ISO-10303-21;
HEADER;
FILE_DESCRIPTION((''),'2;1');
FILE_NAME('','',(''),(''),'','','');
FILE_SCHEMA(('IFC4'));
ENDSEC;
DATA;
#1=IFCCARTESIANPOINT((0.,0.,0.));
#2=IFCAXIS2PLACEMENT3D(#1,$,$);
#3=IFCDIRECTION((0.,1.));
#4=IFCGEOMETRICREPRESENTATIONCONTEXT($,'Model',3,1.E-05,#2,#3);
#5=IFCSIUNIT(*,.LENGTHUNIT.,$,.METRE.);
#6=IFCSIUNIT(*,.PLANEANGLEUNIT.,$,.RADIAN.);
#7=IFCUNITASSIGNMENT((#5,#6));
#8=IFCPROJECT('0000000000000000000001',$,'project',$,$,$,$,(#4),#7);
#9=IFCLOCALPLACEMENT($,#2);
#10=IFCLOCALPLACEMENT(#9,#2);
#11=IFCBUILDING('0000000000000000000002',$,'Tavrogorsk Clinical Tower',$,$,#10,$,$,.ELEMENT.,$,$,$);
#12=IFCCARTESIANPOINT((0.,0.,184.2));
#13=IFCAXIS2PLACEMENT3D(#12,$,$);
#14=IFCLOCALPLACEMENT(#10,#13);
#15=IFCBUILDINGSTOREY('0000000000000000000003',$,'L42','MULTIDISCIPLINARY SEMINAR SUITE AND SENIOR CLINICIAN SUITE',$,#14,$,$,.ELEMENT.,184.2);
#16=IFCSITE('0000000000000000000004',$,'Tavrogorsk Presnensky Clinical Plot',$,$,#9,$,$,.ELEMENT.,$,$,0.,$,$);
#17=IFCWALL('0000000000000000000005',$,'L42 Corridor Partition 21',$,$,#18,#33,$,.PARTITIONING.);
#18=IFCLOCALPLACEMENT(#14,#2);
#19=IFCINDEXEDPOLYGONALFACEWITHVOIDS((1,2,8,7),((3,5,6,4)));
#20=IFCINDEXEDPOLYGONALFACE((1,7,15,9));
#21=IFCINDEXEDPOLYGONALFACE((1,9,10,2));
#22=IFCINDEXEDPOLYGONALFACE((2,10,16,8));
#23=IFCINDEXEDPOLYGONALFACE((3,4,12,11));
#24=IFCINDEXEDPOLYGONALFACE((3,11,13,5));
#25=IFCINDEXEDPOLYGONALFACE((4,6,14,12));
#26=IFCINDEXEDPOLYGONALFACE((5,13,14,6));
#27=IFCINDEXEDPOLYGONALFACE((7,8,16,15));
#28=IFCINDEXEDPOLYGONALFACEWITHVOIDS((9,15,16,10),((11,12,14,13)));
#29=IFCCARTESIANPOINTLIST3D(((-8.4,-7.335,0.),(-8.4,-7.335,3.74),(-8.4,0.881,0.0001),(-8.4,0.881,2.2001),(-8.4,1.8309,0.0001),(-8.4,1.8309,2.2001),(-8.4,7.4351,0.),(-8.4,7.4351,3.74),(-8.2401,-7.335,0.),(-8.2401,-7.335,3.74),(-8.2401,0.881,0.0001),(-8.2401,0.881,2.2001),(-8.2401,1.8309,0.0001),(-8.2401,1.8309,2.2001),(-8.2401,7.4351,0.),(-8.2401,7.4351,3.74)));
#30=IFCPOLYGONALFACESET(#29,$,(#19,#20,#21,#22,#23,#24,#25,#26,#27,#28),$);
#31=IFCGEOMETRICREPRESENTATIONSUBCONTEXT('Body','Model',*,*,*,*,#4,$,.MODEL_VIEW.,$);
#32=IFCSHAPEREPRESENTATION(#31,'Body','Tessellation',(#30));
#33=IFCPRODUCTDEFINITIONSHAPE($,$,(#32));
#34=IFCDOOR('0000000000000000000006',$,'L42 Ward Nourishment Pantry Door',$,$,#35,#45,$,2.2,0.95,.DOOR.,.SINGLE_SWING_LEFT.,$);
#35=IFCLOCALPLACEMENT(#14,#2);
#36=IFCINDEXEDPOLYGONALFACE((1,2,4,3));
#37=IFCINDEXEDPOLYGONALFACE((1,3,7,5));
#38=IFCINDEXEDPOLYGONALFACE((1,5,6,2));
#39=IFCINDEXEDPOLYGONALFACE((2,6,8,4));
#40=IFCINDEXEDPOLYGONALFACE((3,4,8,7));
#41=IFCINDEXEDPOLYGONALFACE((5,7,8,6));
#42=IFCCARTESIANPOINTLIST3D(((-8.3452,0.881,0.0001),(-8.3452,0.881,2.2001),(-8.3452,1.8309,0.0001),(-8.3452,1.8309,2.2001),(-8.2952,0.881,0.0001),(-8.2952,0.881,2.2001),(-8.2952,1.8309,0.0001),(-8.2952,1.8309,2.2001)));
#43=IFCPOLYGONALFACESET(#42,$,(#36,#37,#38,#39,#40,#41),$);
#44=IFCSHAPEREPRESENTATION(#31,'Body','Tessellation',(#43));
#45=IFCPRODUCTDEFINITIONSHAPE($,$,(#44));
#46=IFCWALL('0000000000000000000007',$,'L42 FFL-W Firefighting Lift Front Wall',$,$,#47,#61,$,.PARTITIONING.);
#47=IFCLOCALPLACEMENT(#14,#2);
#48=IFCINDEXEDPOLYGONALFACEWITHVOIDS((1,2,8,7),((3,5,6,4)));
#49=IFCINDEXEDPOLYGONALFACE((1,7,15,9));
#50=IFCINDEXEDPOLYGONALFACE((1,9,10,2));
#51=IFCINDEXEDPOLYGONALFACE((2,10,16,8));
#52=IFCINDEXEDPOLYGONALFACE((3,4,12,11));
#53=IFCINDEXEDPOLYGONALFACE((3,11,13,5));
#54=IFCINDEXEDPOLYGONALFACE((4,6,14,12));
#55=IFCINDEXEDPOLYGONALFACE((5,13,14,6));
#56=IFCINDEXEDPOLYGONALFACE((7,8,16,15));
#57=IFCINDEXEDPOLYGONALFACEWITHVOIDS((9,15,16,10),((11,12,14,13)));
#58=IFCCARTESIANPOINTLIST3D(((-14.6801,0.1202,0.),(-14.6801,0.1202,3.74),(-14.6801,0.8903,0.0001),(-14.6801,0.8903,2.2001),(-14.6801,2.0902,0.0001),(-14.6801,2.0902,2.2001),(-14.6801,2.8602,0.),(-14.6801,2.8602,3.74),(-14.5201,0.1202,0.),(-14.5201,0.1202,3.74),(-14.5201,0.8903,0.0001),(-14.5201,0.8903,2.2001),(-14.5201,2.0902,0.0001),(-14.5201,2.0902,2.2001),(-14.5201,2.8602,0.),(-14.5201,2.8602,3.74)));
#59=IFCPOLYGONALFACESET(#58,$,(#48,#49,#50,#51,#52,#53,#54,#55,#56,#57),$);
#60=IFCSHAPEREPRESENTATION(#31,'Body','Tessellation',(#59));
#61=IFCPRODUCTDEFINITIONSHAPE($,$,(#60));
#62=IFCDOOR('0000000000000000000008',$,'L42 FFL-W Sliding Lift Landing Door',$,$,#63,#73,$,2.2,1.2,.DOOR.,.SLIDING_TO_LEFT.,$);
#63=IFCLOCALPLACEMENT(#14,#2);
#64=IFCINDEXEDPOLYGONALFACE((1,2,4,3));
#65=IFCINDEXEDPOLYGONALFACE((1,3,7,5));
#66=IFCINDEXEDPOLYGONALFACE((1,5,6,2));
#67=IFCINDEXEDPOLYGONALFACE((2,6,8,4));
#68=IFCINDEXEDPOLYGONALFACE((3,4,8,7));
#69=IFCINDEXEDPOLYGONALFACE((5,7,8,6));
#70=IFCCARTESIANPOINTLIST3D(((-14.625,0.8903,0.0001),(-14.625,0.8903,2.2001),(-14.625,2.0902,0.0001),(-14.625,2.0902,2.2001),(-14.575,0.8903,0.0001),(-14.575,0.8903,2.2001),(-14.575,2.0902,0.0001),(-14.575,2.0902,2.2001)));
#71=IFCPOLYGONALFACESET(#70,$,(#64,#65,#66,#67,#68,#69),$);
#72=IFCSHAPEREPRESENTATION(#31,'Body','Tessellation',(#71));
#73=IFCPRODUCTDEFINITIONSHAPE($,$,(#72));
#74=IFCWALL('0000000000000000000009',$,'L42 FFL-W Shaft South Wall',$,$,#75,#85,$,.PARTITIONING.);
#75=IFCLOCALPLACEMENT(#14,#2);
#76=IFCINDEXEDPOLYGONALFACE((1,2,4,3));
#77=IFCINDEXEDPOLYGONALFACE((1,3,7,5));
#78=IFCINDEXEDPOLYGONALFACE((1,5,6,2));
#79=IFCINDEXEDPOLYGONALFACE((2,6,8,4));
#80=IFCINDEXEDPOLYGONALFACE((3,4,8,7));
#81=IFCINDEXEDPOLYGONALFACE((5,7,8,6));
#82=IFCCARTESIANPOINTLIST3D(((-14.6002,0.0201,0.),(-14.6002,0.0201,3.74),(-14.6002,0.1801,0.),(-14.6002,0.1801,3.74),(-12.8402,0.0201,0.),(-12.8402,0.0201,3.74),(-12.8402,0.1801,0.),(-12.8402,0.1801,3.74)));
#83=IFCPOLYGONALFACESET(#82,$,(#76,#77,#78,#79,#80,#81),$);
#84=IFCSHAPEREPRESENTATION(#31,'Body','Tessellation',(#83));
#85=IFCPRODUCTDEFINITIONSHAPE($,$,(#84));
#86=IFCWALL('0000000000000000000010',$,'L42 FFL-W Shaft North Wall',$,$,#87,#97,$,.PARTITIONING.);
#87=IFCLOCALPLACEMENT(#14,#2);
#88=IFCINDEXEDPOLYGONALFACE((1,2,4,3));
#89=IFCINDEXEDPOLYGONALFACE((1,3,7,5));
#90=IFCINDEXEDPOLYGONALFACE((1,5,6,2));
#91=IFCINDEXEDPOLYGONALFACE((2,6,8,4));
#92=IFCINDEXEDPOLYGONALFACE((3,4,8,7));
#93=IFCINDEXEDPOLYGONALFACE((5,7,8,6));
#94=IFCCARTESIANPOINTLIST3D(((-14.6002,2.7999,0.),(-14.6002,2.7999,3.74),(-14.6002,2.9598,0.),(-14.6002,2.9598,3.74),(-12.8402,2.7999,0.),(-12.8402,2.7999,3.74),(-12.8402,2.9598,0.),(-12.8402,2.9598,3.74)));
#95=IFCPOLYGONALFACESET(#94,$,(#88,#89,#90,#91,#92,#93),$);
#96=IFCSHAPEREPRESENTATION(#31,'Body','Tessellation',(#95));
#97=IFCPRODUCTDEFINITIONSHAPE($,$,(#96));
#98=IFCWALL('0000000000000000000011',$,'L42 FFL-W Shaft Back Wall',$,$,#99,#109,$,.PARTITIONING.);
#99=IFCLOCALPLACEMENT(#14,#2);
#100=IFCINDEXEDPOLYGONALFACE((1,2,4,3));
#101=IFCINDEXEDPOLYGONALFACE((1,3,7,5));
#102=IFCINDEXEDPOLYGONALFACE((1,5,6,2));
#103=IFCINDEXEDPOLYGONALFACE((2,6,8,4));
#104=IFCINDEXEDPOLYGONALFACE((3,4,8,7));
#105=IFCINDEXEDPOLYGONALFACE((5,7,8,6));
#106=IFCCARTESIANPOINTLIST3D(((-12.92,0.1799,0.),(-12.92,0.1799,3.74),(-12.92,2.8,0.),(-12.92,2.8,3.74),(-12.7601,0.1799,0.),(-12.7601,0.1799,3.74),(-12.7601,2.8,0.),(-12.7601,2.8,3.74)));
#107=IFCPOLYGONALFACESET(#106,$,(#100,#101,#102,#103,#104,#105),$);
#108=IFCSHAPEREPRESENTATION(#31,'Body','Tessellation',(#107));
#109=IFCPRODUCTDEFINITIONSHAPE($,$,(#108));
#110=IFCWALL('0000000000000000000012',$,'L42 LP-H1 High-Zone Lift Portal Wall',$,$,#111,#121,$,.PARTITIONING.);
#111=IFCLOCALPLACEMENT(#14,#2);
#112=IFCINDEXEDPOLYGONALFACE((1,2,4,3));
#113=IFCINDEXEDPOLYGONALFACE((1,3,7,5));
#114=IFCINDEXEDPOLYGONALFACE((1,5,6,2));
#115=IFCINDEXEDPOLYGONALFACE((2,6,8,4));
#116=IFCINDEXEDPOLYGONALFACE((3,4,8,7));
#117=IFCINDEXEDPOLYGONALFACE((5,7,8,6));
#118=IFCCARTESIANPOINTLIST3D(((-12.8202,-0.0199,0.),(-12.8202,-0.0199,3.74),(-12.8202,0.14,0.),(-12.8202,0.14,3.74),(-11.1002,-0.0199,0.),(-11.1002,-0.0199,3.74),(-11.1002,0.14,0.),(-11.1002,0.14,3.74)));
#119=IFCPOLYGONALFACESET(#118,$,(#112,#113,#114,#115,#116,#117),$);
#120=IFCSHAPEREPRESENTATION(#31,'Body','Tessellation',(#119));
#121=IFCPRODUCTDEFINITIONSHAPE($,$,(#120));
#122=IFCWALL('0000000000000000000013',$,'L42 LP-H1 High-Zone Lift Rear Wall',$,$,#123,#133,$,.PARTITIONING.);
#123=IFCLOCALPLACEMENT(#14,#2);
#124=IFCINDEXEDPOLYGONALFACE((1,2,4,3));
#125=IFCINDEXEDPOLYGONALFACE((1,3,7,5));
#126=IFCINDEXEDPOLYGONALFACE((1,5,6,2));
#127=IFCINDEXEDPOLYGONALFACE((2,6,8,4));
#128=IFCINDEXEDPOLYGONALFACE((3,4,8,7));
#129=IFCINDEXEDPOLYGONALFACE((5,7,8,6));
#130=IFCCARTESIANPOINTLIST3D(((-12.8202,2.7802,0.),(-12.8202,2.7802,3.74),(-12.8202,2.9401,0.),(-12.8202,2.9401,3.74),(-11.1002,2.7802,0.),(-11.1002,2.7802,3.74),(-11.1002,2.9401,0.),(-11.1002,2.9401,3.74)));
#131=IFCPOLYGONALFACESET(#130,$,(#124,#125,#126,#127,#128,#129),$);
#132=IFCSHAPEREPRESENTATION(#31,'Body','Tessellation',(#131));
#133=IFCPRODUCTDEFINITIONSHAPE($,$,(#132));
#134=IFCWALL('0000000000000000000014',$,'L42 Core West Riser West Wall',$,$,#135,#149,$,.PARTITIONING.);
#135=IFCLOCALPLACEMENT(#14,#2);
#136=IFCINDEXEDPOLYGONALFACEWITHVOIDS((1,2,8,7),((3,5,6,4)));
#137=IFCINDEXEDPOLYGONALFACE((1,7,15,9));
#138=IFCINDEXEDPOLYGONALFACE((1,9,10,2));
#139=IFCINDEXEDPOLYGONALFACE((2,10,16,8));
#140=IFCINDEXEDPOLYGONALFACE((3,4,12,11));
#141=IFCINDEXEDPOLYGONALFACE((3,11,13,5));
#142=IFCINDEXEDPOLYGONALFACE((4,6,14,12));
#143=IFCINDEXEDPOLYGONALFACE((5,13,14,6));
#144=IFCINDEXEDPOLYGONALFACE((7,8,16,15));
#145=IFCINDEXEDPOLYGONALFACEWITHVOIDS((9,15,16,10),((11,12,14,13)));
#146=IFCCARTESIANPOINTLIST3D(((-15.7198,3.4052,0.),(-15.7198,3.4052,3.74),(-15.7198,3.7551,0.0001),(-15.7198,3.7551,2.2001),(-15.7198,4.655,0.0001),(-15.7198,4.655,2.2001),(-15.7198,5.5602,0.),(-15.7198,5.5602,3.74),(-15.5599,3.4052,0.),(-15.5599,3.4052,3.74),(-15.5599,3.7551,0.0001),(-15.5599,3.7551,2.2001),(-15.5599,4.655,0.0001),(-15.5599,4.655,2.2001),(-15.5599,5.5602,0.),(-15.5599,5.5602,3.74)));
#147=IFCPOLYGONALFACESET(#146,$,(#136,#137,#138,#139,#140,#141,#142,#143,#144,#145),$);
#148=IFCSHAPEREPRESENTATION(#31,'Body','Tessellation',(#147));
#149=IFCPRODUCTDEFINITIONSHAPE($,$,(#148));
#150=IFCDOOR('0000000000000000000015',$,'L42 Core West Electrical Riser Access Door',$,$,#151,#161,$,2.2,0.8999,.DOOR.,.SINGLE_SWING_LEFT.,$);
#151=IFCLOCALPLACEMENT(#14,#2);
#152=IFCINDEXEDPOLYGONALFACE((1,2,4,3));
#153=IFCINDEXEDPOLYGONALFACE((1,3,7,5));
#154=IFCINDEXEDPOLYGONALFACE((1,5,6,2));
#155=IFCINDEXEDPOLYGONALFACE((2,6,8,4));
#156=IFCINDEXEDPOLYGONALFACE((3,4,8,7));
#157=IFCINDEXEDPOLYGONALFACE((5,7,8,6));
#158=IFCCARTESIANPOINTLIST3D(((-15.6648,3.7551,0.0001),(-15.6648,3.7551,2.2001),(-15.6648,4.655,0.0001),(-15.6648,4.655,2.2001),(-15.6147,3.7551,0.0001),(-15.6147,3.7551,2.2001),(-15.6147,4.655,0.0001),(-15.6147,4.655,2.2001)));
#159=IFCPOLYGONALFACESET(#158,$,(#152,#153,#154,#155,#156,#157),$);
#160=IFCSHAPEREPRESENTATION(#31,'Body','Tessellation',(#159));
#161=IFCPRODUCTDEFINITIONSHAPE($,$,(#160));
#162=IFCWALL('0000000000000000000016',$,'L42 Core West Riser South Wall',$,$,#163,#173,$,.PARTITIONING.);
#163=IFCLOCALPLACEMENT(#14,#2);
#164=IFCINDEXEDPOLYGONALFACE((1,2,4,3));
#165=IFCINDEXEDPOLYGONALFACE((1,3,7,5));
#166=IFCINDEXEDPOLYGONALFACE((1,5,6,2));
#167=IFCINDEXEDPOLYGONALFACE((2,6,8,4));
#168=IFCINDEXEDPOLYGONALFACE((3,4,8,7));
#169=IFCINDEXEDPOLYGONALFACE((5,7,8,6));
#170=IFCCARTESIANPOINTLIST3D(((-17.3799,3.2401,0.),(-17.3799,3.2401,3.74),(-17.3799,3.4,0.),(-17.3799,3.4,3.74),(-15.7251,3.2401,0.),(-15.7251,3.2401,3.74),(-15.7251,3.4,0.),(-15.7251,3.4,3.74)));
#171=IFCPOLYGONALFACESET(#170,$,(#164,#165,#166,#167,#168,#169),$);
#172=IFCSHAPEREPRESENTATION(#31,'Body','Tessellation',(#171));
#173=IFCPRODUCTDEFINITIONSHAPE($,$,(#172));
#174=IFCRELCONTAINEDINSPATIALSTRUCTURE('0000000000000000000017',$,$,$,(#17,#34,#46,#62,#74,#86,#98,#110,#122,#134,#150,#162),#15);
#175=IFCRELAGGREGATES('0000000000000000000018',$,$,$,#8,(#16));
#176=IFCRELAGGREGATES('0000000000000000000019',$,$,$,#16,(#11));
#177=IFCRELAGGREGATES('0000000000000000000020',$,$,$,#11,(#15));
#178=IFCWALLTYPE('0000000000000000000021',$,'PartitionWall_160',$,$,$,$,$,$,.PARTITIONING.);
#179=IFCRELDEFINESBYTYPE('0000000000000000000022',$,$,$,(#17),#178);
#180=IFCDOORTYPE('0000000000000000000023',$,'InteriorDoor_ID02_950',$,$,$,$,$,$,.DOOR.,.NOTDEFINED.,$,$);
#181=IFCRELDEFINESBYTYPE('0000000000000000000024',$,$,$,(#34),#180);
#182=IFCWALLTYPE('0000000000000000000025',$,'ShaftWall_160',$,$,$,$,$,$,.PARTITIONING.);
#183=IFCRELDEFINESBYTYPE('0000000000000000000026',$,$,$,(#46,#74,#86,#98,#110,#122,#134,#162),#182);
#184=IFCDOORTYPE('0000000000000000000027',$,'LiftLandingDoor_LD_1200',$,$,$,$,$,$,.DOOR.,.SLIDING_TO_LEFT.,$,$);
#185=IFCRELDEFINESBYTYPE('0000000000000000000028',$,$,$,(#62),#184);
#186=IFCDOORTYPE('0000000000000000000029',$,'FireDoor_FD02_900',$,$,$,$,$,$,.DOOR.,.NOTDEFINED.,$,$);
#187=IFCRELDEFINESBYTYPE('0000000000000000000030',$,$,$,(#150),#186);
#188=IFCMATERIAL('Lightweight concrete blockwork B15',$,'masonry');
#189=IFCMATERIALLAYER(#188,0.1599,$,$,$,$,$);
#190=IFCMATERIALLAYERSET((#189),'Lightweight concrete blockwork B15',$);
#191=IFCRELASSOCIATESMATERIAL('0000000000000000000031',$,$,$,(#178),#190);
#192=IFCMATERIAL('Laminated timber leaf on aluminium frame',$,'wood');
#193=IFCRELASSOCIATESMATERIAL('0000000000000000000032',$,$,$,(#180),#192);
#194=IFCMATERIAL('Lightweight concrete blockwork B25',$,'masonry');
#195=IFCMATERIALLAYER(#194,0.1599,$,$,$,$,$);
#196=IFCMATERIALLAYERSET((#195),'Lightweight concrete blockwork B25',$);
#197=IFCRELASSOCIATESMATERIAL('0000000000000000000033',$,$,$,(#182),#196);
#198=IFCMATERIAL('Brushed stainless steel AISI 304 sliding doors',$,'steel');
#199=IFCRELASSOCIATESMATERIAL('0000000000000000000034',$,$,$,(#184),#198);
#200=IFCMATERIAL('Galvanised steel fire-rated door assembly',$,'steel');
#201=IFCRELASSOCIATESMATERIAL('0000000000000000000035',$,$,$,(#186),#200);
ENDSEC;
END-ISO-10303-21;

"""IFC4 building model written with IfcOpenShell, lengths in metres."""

from ifc_helpers import new_model, si_unit, direction, frame, frame_2d, origin, place, context, subcontext, project, spatial, rectangle, extrude, material, layer, layer_set, type_object, element, fill, save


model = new_model("IFC4")

# Units and contexts
model_context = context("Model", 3, precision=1e-05, world=origin(), true_north=direction((0.0, 1.0)))
body_context = subcontext(model_context, "Body", "Model", "MODEL_VIEW")
ifc_project = project(units=[si_unit("LENGTHUNIT", "METRE"), si_unit("PLANEANGLEUNIT", "RADIAN")], contexts=[model_context])

# Site, building, storey
site_placement = place(None, origin())
site = spatial("IfcSite", under=ifc_project, at=site_placement, Name="Tavrogorsk Presnensky Clinical Plot", CompositionType="ELEMENT", RefElevation=0.0)
building_placement = place(site_placement, origin())
building = spatial("IfcBuilding", under=site, at=building_placement, Name="Tavrogorsk Clinical Tower", CompositionType="ELEMENT")
storey_placement = place(building_placement, frame((0.0, 0.0, 184.2)))
storey = spatial("IfcBuildingStorey", under=building, at=storey_placement, Name="L42", Description="MULTIDISCIPLINARY SEMINAR SUITE AND SENIOR CLINICIAN SUITE", CompositionType="ELEMENT", Elevation=184.2)

# Shared definitions
ifc_material_1 = material(Name="Lightweight concrete blockwork B15", Category="masonry")
ifc_layer_1 = layer(ifc_material_1, 0.1599)
ifc_layer_set_1 = layer_set([ifc_layer_1], Name="Lightweight concrete blockwork B15")
wall_type_1 = type_object("IfcWallType", Name="PartitionWall_160", PredefinedType="PARTITIONING", material=ifc_layer_set_1)
ifc_material_2 = material(Name="Laminated timber leaf on aluminium frame", Category="wood")
door_type_1 = type_object("IfcDoorType", Name="InteriorDoor_ID02_950", OperationType="NOTDEFINED", PredefinedType="DOOR", material=ifc_material_2)

# Walls, openings, doors
wall_1_placement = place(storey_placement, frame((-8.3201, 7.4351, 0.0), z_axis=(0.0, 0.0, 1.0), x_axis=(0.0, -1.0, 0.0)))
wall_1 = element("IfcWall", 1, at=wall_1_placement, inside=storey, type_object=wall_type_1, Name="L42 Corridor Partition 21", PredefinedType="PARTITIONING", context=body_context, shape_type="SweptSolid", body=[
    extrude(rectangle(XDim=14.77, YDim=0.1599, at=frame_2d((7.385, 0.0))), origin(), (0.0, 0.0, 1.0), 3.74),
])
opening_1_placement = place(wall_1_placement, frame((5.604, 0.0, 0.0)))
opening_1 = element("IfcOpeningElement", 2, at=opening_1_placement, cuts=wall_1, PredefinedType="OPENING", context=body_context, shape_type="SweptSolid", body=[
    extrude(rectangle(XDim=0.95, YDim=2.2, at=frame_2d((0.4751, 1.1001))), frame((0.0, 0.0898, 0.0), z_axis=(0.0, -1.0, 0.0), x_axis=(1.0, 0.0, 0.0)), (0.0, 0.0, 1.0), 0.1799),
])
door_1_placement = place(opening_1_placement, origin())
door_1 = element("IfcDoor", 3, at=door_1_placement, inside=storey, type_object=door_type_1, Name="L42 Ward Nourishment Pantry Door", OperationType="SINGLE_SWING_LEFT", OverallHeight=2.2, OverallWidth=0.95, PredefinedType="DOOR", context=body_context, shape_type="SweptSolid", body=[
    extrude(rectangle(XDim=0.95, YDim=2.2, at=frame_2d((0.4751, 1.1001))), frame((0.0, 0.0249, 0.0), z_axis=(0.0, -1.0, 0.0), x_axis=(1.0, 0.0, 0.0)), (0.0, 0.0, 1.0), 0.05),
])
fill(opening_1, door_1)
ifc_material_3 = material(Name="Lightweight concrete blockwork B25", Category="masonry")
ifc_layer_2 = layer(ifc_material_3, 0.1599)
ifc_layer_set_2 = layer_set([ifc_layer_2], Name="Lightweight concrete blockwork B25")
wall_type_2 = type_object("IfcWallType", Name="ShaftWall_160", PredefinedType="PARTITIONING", material=ifc_layer_set_2)
wall_2_placement = place(storey_placement, frame((-14.6001, 0.1201, 0.0), z_axis=(0.0, 0.0, 1.0), x_axis=(0.0, 1.0, 0.0)))
wall_2 = element("IfcWall", 4, at=wall_2_placement, inside=storey, type_object=wall_type_2, Name="L42 FFL-W Firefighting Lift Front Wall", PredefinedType="PARTITIONING", context=body_context, shape_type="SweptSolid", body=[
    extrude(rectangle(XDim=2.74, YDim=0.1599, at=frame_2d((1.3701, 0.0))), origin(), (0.0, 0.0, 1.0), 3.74),
])
opening_2_placement = place(wall_2_placement, frame((0.77, 0.0, 0.0)))
opening_2 = element("IfcOpeningElement", 5, at=opening_2_placement, cuts=wall_2, PredefinedType="OPENING", context=body_context, shape_type="SweptSolid", body=[
    extrude(rectangle(XDim=1.2, YDim=2.2, at=frame_2d((0.6001, 1.1001))), frame((0.0, 0.0898, 0.0), z_axis=(0.0, -1.0, 0.0), x_axis=(1.0, 0.0, 0.0)), (0.0, 0.0, 1.0), 0.1799),
])
ifc_material_4 = material(Name="Brushed stainless steel AISI 304 sliding doors", Category="steel")
door_type_2 = type_object("IfcDoorType", Name="LiftLandingDoor_LD_1200", OperationType="SLIDING_TO_LEFT", PredefinedType="DOOR", material=ifc_material_4)
door_2_placement = place(opening_2_placement, origin())
door_2 = element("IfcDoor", 6, at=door_2_placement, inside=storey, type_object=door_type_2, Name="L42 FFL-W Sliding Lift Landing Door", OperationType="SLIDING_TO_LEFT", OverallHeight=2.2, OverallWidth=1.2, PredefinedType="DOOR", context=body_context, shape_type="SweptSolid", body=[
    extrude(rectangle(XDim=1.2, YDim=2.2, at=frame_2d((0.6001, 1.1001))), frame((0.0, 0.0249, 0.0), z_axis=(0.0, -1.0, 0.0), x_axis=(1.0, 0.0, 0.0)), (0.0, 0.0, 1.0), 0.05),
])
fill(opening_2, door_2)

# Walls
for number, where, z_axis, x_axis, name in (
    (7, (-14.6001, 0.1001, 0.0), (0.0, 0.0, 1.0), (1.0, 0.0, 0.0), "L42 FFL-W Shaft South Wall"),
    (8, (-14.6001, 2.8799, 0.0), (0.0, 0.0, 1.0), (1.0, 0.0, 0.0), "L42 FFL-W Shaft North Wall"),
):
    element("IfcWall", number, at=place(storey_placement, frame(where, z_axis=z_axis, x_axis=x_axis)), inside=storey, type_object=wall_type_2, Name=name, PredefinedType="PARTITIONING", context=body_context, shape_type="SweptSolid", body=[
        extrude(rectangle(XDim=1.76, YDim=0.1599, at=frame_2d((0.8799, 0.0))), origin(), (0.0, 0.0, 1.0), 3.74),
    ])
wall_3_placement = place(storey_placement, frame((-12.8401, 0.1799, 0.0), z_axis=(0.0, 0.0, 1.0), x_axis=(0.0, 1.0, 0.0)))
element("IfcWall", 9, at=wall_3_placement, inside=storey, type_object=wall_type_2, Name="L42 FFL-W Shaft Back Wall", PredefinedType="PARTITIONING", context=body_context, shape_type="SweptSolid", body=[
    extrude(rectangle(XDim=2.6201, YDim=0.1599, at=frame_2d((1.3101, 0.0))), origin(), (0.0, 0.0, 1.0), 3.74),
])
for number, where, z_axis, x_axis, name in (
    (10, (-12.8201, 0.0601, 0.0), (0.0, 0.0, 1.0), (1.0, 0.0, 0.0), "L42 LP-H1 High-Zone Lift Portal Wall"),
    (11, (-12.8201, 2.8601, 0.0), (0.0, 0.0, 1.0), (1.0, 0.0, 0.0), "L42 LP-H1 High-Zone Lift Rear Wall"),
):
    element("IfcWall", number, at=place(storey_placement, frame(where, z_axis=z_axis, x_axis=x_axis)), inside=storey, type_object=wall_type_2, Name=name, PredefinedType="PARTITIONING", context=body_context, shape_type="SweptSolid", body=[
        extrude(rectangle(XDim=1.72, YDim=0.1599, at=frame_2d((0.8599, 0.0))), origin(), (0.0, 0.0, 1.0), 3.74),
    ])

# Wall, opening, door
wall_4_placement = place(storey_placement, frame((-15.6399, 3.405, 0.0), z_axis=(0.0, 0.0, 1.0), x_axis=(0.0, 1.0, 0.0)))
wall_4 = element("IfcWall", 12, at=wall_4_placement, inside=storey, type_object=wall_type_2, Name="L42 Core West Riser West Wall", PredefinedType="PARTITIONING", context=body_context, shape_type="SweptSolid", body=[
    extrude(rectangle(XDim=2.155, YDim=0.1599, at=frame_2d((1.0776, 0.0))), origin(), (0.0, 0.0, 1.0), 3.74),
])
opening_3_placement = place(wall_4_placement, frame((0.3501, 0.0, 0.0)))
opening_3 = element("IfcOpeningElement", 13, at=opening_3_placement, cuts=wall_4, PredefinedType="OPENING", context=body_context, shape_type="SweptSolid", body=[
    extrude(rectangle(XDim=0.8999, YDim=2.2, at=frame_2d((0.45, 1.1001))), frame((0.0, 0.0898, 0.0), z_axis=(0.0, -1.0, 0.0), x_axis=(1.0, 0.0, 0.0)), (0.0, 0.0, 1.0), 0.1799),
])
ifc_material_5 = material(Name="Galvanised steel fire-rated door assembly", Category="steel")
door_type_3 = type_object("IfcDoorType", Name="FireDoor_FD02_900", OperationType="NOTDEFINED", PredefinedType="DOOR", material=ifc_material_5)
door_3_placement = place(opening_3_placement, origin())
door_3 = element("IfcDoor", 14, at=door_3_placement, inside=storey, type_object=door_type_3, Name="L42 Core West Electrical Riser Access Door", OperationType="SINGLE_SWING_LEFT", OverallHeight=2.2, OverallWidth=0.8999, PredefinedType="DOOR", context=body_context, shape_type="SweptSolid", body=[
    extrude(rectangle(XDim=0.8999, YDim=2.2, at=frame_2d((0.45, 1.1001))), frame((0.0, 0.0249, 0.0), z_axis=(0.0, -1.0, 0.0), x_axis=(1.0, 0.0, 0.0)), (0.0, 0.0, 1.0), 0.05),
])
fill(opening_3, door_3)

# Wall
wall_5_placement = place(storey_placement, frame((-17.3799, 3.3201, 0.0), z_axis=(0.0, 0.0, 1.0), x_axis=(1.0, 0.0, 0.0)))
element("IfcWall", 15, at=wall_5_placement, inside=storey, type_object=wall_type_2, Name="L42 Core West Riser South Wall", PredefinedType="PARTITIONING", context=body_context, shape_type="SweptSolid", body=[
    extrude(rectangle(XDim=1.6548, YDim=0.1599, at=frame_2d((0.8274, 0.0))), origin(), (0.0, 0.0, 1.0), 3.74),
])

save(model, "model.ifc")
